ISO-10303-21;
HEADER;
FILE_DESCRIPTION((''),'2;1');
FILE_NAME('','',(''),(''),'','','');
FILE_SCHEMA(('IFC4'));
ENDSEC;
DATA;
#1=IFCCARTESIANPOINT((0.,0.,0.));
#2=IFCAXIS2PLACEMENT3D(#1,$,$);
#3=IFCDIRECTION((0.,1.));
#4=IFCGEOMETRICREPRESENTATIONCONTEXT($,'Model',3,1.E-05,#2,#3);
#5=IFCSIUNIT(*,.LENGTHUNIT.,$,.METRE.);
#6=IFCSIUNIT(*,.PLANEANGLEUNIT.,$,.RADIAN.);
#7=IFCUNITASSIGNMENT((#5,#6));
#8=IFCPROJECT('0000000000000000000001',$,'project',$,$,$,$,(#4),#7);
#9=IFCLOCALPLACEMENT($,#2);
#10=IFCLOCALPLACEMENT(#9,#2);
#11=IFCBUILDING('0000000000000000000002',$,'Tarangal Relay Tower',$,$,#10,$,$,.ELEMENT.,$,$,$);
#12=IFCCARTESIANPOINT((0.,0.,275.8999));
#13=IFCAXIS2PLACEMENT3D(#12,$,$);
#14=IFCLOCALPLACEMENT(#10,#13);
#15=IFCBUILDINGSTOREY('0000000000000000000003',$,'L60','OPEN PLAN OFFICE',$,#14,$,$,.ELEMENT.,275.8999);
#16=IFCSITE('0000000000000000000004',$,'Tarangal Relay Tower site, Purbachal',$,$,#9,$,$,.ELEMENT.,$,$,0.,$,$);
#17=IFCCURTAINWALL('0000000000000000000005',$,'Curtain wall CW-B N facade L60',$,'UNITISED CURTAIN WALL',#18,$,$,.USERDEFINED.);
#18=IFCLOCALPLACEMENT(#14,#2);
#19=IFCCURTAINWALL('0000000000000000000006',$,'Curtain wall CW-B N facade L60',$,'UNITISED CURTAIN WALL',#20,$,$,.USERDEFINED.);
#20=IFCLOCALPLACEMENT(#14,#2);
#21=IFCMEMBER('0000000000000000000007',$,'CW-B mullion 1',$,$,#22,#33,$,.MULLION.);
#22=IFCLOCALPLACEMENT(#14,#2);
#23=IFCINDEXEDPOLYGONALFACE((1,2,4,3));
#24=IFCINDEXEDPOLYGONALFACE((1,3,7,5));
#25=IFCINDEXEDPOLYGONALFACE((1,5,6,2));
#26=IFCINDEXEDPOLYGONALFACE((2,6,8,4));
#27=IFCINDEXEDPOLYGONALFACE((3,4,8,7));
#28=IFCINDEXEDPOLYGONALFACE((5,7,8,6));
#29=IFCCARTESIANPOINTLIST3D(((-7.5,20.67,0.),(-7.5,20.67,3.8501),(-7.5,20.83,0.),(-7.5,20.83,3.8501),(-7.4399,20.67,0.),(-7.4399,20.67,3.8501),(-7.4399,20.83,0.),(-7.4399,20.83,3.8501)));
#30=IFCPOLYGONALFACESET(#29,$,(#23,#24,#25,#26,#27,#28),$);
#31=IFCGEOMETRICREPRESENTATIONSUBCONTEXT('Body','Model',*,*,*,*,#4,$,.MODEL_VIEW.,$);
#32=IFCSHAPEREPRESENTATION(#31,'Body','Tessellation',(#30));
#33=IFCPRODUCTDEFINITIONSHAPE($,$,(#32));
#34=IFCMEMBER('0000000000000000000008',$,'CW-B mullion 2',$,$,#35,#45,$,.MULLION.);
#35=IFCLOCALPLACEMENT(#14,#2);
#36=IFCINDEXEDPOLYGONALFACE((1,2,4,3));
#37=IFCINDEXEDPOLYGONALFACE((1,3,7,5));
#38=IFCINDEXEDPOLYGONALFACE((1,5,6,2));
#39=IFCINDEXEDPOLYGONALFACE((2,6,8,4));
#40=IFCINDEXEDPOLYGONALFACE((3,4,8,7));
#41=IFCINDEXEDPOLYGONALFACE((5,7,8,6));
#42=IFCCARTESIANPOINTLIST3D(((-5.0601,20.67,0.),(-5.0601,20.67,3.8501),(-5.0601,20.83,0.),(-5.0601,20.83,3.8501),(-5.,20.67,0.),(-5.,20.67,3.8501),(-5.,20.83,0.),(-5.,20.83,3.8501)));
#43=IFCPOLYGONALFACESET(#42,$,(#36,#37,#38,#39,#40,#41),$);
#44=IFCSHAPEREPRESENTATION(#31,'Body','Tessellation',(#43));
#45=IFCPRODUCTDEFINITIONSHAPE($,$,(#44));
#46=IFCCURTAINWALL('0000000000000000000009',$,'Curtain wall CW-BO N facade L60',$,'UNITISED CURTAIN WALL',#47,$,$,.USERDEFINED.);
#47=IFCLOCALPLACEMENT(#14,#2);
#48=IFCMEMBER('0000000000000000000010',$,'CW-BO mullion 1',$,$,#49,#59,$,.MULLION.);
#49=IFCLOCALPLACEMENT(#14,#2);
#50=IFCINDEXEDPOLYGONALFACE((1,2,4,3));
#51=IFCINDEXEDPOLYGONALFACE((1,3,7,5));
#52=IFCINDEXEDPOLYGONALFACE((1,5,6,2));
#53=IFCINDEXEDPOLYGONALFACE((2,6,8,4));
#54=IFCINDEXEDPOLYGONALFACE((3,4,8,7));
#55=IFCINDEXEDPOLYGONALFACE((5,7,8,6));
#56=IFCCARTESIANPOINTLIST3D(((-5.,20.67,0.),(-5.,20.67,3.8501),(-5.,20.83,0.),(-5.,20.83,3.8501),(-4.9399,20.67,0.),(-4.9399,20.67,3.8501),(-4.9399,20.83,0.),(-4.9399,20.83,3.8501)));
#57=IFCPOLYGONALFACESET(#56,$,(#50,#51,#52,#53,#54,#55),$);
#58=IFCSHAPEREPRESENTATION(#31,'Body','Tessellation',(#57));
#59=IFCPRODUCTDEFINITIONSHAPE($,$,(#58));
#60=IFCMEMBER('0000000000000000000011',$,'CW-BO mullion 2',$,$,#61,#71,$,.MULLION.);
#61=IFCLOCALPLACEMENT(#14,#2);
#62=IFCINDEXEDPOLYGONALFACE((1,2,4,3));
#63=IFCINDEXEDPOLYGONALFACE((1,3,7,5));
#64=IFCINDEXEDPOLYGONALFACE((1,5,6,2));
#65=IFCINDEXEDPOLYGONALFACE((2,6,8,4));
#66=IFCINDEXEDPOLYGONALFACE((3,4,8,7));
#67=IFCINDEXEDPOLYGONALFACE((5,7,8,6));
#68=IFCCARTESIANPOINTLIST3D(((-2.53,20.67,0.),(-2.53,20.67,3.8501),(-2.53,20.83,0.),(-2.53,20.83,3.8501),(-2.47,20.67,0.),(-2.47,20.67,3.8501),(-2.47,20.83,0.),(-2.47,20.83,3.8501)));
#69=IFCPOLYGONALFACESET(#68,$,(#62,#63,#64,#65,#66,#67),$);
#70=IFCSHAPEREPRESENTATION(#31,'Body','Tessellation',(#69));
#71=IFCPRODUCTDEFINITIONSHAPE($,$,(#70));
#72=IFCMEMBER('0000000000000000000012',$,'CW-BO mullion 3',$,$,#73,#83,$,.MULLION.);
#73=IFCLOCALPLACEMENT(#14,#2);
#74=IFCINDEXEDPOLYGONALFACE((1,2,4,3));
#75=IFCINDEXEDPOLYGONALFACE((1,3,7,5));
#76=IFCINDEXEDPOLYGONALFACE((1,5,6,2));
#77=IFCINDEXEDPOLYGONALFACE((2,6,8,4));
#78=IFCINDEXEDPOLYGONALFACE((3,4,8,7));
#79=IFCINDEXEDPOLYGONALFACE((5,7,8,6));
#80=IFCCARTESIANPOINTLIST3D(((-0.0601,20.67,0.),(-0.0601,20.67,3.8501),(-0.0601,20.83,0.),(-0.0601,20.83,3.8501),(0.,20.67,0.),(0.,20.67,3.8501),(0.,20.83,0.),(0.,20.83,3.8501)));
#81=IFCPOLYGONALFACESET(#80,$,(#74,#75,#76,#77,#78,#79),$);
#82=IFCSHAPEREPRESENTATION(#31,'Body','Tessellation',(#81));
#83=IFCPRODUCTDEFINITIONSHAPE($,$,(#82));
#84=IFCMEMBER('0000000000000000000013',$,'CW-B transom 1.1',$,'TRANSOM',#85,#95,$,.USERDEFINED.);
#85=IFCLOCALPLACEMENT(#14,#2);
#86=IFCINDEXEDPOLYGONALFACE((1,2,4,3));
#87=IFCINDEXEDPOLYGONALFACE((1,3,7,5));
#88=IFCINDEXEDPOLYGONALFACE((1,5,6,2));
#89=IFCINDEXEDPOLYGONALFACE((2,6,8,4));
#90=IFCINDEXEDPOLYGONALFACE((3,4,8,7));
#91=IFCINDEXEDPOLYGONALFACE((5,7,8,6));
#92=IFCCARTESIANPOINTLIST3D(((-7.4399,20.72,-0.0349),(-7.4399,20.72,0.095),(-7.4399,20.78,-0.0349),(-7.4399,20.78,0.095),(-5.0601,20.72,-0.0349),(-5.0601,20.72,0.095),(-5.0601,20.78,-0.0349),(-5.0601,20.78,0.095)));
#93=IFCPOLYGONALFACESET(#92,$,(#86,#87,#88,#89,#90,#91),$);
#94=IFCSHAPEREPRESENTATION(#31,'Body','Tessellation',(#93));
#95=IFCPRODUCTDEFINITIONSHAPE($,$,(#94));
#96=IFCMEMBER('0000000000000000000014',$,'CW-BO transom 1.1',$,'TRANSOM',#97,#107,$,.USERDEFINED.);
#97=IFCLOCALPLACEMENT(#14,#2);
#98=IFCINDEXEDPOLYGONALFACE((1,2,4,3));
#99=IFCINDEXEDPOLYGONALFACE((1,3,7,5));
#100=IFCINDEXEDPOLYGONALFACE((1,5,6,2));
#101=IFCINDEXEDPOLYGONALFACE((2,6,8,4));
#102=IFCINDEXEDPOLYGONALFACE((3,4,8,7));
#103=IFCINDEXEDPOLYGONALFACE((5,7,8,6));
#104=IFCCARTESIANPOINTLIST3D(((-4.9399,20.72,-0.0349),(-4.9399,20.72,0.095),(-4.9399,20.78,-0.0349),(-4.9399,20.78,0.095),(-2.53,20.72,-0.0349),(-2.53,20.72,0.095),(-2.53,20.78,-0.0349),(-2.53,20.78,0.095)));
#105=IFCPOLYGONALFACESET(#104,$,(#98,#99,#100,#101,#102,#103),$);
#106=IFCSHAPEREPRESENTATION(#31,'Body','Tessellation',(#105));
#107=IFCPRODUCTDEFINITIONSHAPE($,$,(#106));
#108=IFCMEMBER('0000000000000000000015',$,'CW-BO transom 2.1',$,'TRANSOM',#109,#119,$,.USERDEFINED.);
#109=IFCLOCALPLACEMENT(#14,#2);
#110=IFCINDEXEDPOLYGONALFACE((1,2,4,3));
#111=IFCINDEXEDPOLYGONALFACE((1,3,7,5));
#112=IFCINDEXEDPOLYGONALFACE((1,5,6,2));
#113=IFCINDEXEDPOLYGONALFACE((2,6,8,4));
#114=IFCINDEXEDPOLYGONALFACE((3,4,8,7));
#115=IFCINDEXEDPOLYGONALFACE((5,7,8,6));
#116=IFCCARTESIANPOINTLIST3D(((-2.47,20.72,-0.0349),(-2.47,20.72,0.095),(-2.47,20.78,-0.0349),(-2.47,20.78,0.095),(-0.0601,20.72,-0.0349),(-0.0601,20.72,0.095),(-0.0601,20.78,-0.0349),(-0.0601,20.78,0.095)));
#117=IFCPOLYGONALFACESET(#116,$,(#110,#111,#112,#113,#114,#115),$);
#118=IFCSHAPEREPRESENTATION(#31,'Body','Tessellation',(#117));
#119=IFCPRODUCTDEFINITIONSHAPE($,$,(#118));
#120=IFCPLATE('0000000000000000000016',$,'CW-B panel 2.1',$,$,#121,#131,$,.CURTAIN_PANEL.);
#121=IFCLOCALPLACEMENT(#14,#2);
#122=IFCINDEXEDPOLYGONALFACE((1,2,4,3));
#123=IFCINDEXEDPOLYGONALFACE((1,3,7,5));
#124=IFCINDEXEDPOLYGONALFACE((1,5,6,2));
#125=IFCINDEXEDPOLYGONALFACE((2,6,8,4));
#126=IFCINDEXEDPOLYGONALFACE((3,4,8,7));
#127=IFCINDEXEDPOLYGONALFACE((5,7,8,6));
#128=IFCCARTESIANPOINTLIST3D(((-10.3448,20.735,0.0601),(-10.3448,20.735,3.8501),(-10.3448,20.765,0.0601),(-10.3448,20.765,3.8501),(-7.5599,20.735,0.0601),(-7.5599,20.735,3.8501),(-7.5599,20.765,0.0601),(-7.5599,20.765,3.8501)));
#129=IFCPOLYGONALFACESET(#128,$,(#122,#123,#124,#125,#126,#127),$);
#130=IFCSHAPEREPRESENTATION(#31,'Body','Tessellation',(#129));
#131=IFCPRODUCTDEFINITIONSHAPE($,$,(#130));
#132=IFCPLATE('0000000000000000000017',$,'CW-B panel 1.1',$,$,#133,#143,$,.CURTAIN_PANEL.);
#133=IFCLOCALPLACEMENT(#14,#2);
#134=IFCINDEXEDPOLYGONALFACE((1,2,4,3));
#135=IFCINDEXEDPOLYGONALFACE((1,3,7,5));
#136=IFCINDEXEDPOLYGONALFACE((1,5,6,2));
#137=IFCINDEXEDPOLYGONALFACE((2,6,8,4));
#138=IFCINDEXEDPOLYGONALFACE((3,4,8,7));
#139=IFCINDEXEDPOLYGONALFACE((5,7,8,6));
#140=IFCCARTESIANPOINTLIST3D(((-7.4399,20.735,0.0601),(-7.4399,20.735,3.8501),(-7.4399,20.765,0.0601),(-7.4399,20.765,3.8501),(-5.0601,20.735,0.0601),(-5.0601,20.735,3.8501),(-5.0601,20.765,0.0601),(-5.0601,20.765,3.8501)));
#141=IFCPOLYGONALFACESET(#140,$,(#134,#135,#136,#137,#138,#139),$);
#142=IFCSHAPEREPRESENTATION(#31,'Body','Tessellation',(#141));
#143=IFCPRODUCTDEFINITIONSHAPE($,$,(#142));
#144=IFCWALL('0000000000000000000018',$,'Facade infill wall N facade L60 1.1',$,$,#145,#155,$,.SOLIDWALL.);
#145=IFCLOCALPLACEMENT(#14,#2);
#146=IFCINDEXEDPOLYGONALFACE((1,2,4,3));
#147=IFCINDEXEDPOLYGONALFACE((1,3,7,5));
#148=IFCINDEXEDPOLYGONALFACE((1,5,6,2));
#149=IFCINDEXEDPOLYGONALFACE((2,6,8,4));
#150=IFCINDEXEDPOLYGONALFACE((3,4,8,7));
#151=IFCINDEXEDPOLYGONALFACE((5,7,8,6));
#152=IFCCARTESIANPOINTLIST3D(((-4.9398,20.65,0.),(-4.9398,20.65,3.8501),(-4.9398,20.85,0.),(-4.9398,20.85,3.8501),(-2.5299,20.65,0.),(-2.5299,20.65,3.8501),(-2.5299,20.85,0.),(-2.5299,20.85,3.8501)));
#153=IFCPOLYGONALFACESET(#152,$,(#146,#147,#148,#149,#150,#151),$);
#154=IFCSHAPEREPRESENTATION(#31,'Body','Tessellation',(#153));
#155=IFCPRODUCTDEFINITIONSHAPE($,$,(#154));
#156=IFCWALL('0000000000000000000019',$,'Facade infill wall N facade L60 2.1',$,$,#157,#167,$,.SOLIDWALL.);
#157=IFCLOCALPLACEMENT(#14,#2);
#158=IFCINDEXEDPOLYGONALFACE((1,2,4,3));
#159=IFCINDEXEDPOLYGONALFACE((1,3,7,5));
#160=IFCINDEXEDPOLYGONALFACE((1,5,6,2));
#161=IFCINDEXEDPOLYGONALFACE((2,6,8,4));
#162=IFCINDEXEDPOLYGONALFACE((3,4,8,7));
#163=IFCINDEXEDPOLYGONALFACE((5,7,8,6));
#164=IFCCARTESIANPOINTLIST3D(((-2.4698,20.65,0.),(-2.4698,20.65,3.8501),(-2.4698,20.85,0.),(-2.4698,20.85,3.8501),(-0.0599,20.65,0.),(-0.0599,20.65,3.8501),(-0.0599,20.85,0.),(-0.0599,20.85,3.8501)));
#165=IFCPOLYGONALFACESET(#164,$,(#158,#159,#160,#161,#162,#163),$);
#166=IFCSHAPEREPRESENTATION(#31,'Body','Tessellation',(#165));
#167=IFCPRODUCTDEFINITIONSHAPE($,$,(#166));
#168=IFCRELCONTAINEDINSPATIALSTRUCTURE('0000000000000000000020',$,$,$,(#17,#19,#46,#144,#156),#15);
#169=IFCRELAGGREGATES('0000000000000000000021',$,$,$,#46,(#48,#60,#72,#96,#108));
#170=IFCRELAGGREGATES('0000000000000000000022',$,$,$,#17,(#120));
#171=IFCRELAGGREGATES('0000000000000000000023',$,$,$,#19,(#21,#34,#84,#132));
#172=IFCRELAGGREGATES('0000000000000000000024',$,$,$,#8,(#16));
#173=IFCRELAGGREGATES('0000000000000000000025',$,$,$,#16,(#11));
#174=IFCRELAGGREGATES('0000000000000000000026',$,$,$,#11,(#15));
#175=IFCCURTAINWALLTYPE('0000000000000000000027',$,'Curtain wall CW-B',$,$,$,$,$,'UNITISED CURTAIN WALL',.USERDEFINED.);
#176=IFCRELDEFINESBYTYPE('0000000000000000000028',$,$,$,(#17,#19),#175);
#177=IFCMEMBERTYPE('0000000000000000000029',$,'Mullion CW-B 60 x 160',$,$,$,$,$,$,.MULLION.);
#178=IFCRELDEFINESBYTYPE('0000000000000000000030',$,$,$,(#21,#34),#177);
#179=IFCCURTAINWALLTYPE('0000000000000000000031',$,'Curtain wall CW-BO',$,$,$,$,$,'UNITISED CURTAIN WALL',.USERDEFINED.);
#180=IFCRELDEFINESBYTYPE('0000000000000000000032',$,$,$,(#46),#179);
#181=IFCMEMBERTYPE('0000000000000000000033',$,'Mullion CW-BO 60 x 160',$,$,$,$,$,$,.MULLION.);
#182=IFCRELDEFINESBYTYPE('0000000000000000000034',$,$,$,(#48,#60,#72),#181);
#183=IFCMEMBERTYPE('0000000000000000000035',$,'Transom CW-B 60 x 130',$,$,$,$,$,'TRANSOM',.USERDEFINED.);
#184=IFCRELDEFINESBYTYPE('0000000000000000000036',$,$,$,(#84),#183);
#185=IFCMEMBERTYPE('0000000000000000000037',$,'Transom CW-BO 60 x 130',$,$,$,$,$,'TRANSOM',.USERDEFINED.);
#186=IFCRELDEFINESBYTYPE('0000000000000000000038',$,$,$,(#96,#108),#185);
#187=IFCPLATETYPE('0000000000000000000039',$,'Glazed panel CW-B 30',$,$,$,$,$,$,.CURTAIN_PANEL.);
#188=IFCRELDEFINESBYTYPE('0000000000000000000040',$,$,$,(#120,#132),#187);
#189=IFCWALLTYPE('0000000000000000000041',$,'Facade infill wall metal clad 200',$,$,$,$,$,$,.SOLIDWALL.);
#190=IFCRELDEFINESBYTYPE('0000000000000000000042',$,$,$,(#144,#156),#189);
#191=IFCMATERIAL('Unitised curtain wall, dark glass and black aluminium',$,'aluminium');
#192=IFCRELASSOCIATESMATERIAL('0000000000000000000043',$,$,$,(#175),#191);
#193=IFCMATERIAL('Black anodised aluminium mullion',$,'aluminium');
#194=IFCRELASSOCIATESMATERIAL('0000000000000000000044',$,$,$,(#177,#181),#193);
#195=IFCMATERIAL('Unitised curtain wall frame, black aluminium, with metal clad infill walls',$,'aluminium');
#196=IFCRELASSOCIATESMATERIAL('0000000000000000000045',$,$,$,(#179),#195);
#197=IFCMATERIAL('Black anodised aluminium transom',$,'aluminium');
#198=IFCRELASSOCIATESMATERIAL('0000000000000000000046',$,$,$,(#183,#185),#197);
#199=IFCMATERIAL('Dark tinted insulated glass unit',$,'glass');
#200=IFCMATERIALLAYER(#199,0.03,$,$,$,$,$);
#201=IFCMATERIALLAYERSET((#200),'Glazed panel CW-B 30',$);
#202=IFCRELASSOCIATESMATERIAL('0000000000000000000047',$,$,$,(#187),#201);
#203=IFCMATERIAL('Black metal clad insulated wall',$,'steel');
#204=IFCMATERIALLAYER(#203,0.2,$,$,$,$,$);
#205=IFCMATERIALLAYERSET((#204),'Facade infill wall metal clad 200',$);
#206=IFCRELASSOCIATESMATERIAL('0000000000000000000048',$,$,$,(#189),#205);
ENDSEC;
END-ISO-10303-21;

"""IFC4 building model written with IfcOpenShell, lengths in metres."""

from ifc_helpers import new_model, si_unit, direction, frame, frame_2d, origin, origin_2d, place, context, subcontext, project, spatial, rectangle, extrude, material, layer, layer_set, material_profile, profile_set, type_object, element, aggregate, save


model = new_model("IFC4")

# Units and contexts
model_context = context("Model", 3, precision=1e-05, world=origin(), true_north=direction((0.0, 1.0)))
body_context = subcontext(model_context, "Body", "Model", "MODEL_VIEW")
ifc_project = project(units=[si_unit("LENGTHUNIT", "METRE"), si_unit("PLANEANGLEUNIT", "RADIAN")], contexts=[model_context])

# Site, building, storey
site_placement = place(None, origin())
site = spatial("IfcSite", under=ifc_project, at=site_placement, Name="Tarangal Relay Tower site, Purbachal", CompositionType="ELEMENT", RefElevation=0.0)
building_placement = place(site_placement, origin())
building = spatial("IfcBuilding", under=site, at=building_placement, Name="Tarangal Relay Tower", CompositionType="ELEMENT")
storey_placement = place(building_placement, frame((0.0, 0.0, 275.8999)))
storey = spatial("IfcBuildingStorey", under=building, at=storey_placement, Name="L60", Description="OPEN PLAN OFFICE", CompositionType="ELEMENT", Elevation=275.8999)

# Curtain wall
ifc_material_1 = material(Name="Unitised curtain wall, dark glass and black aluminium", Category="aluminium")
curtain_wall_type_1 = type_object("IfcCurtainWallType", Name="Curtain wall CW-B", ElementType="UNITISED CURTAIN WALL", PredefinedType="USERDEFINED", material=ifc_material_1)
curtain_wall_1_placement = place(storey_placement, origin())
curtain_wall_1 = element("IfcCurtainWall", 1, at=curtain_wall_1_placement, inside=storey, type_object=curtain_wall_type_1, Name="Curtain wall CW-B N facade L60", ObjectType="UNITISED CURTAIN WALL", PredefinedType="USERDEFINED")
ifc_material_2 = material(Name="Black anodised aluminium mullion", Category="aluminium")
ifc_material_profile_1 = material_profile(ifc_material_2, rectangle(XDim=0.1599, YDim=0.0601, at=origin_2d()), Name="CW-BM 60X160")
ifc_profile_set_1 = profile_set([ifc_material_profile_1], Name="Black anodised aluminium mullion")
member_type_1 = type_object("IfcMemberType", Name="Mullion CW-B 60 x 160", PredefinedType="MULLION", material=ifc_profile_set_1)

# Curtain walls, members
curtain_wall_2_placement = place(storey_placement, origin())
curtain_wall_2 = element("IfcCurtainWall", 2, at=curtain_wall_2_placement, inside=storey, type_object=curtain_wall_type_1, Name="Curtain wall CW-B N facade L60", ObjectType="UNITISED CURTAIN WALL", PredefinedType="USERDEFINED")
member_1_placement = place(storey_placement, frame((-7.47, 20.75, 0.0), z_axis=(0.0, 0.0, 1.0), x_axis=(0.0, 1.0, 0.0)))
member_1 = element("IfcMember", 3, at=member_1_placement, type_object=member_type_1, Name="CW-B mullion 1", PredefinedType="MULLION", context=body_context, shape_type="SweptSolid", body=[
    extrude(rectangle(XDim=0.1599, YDim=0.0601, at=origin_2d()), origin(), (0.0, 0.0, 1.0), 3.8501),
])
member_2_placement = place(storey_placement, frame((-5.03, 20.75, 0.0), z_axis=(0.0, 0.0, 1.0), x_axis=(0.0, 1.0, 0.0)))
member_2 = element("IfcMember", 4, at=member_2_placement, type_object=member_type_1, Name="CW-B mullion 2", PredefinedType="MULLION", context=body_context, shape_type="SweptSolid", body=[
    extrude(rectangle(XDim=0.1599, YDim=0.0601, at=origin_2d()), origin(), (0.0, 0.0, 1.0), 3.8501),
])
ifc_material_3 = material(Name="Unitised curtain wall frame, black aluminium, with metal clad infill walls", Category="aluminium")
curtain_wall_type_2 = type_object("IfcCurtainWallType", Name="Curtain wall CW-BO", ElementType="UNITISED CURTAIN WALL", PredefinedType="USERDEFINED", material=ifc_material_3)
curtain_wall_3_placement = place(storey_placement, origin())
curtain_wall_3 = element("IfcCurtainWall", 5, at=curtain_wall_3_placement, inside=storey, type_object=curtain_wall_type_2, Name="Curtain wall CW-BO N facade L60", ObjectType="UNITISED CURTAIN WALL", PredefinedType="USERDEFINED")
ifc_material_profile_2 = material_profile(ifc_material_2, rectangle(XDim=0.1599, YDim=0.0601, at=origin_2d()), Name="CW-BOM 60X160")
ifc_profile_set_2 = profile_set([ifc_material_profile_2], Name="Black anodised aluminium mullion")
member_type_2 = type_object("IfcMemberType", Name="Mullion CW-BO 60 x 160", PredefinedType="MULLION", material=ifc_profile_set_2)
member_3_placement = place(storey_placement, frame((-4.97, 20.75, 0.0), z_axis=(0.0, 0.0, 1.0), x_axis=(0.0, 1.0, 0.0)))
member_3 = element("IfcMember", 6, at=member_3_placement, type_object=member_type_2, Name="CW-BO mullion 1", PredefinedType="MULLION", context=body_context, shape_type="SweptSolid", body=[
    extrude(rectangle(XDim=0.1599, YDim=0.0601, at=origin_2d()), origin(), (0.0, 0.0, 1.0), 3.8501),
])
member_4_placement = place(storey_placement, frame((-2.5, 20.75, 0.0), z_axis=(0.0, 0.0, 1.0), x_axis=(0.0, 1.0, 0.0)))
member_4 = element("IfcMember", 7, at=member_4_placement, type_object=member_type_2, Name="CW-BO mullion 2", PredefinedType="MULLION", context=body_context, shape_type="SweptSolid", body=[
    extrude(rectangle(XDim=0.1599, YDim=0.0601, at=origin_2d()), origin(), (0.0, 0.0, 1.0), 3.8501),
])
member_5_placement = place(storey_placement, frame((-0.03, 20.75, 0.0), z_axis=(0.0, 0.0, 1.0), x_axis=(0.0, 1.0, 0.0)))
member_5 = element("IfcMember", 8, at=member_5_placement, type_object=member_type_2, Name="CW-BO mullion 3", PredefinedType="MULLION", context=body_context, shape_type="SweptSolid", body=[
    extrude(rectangle(XDim=0.1599, YDim=0.0601, at=origin_2d()), origin(), (0.0, 0.0, 1.0), 3.8501),
])

# Members
ifc_material_4 = material(Name="Black anodised aluminium transom", Category="aluminium")
ifc_material_profile_3 = material_profile(ifc_material_4, rectangle(XDim=0.0601, YDim=0.1299, at=origin_2d()), Name="CW-BT 60X130")
ifc_profile_set_3 = profile_set([ifc_material_profile_3], Name="Black anodised aluminium transom")
member_type_3 = type_object("IfcMemberType", Name="Transom CW-B 60 x 130", ElementType="TRANSOM", PredefinedType="USERDEFINED", material=ifc_profile_set_3)
member_6_placement = place(storey_placement, frame((-7.4399, 20.75, 0.03), z_axis=(1.0, 0.0, 0.0), x_axis=(0.0, 1.0, 0.0)))
member_6 = element("IfcMember", 9, at=member_6_placement, type_object=member_type_3, Name="CW-B transom 1.1", ObjectType="TRANSOM", PredefinedType="USERDEFINED", context=body_context, shape_type="SweptSolid", body=[
    extrude(rectangle(XDim=0.0601, YDim=0.1299, at=origin_2d()), origin(), (0.0, 0.0, 1.0), 2.3799),
])
ifc_material_profile_4 = material_profile(ifc_material_4, rectangle(XDim=0.0601, YDim=0.1299, at=origin_2d()), Name="CW-BOT 60X130")
ifc_profile_set_4 = profile_set([ifc_material_profile_4], Name="Black anodised aluminium transom")
member_type_4 = type_object("IfcMemberType", Name="Transom CW-BO 60 x 130", ElementType="TRANSOM", PredefinedType="USERDEFINED", material=ifc_profile_set_4)
member_7_placement = place(storey_placement, frame((-4.9399, 20.75, 0.03), z_axis=(1.0, 0.0, 0.0), x_axis=(0.0, 1.0, 0.0)))
member_7 = element("IfcMember", 10, at=member_7_placement, type_object=member_type_4, Name="CW-BO transom 1.1", ObjectType="TRANSOM", PredefinedType="USERDEFINED", context=body_context, shape_type="SweptSolid", body=[
    extrude(rectangle(XDim=0.0601, YDim=0.1299, at=origin_2d()), origin(), (0.0, 0.0, 1.0), 2.4099),
])
member_8_placement = place(storey_placement, frame((-2.47, 20.75, 0.03), z_axis=(1.0, 0.0, 0.0), x_axis=(0.0, 1.0, 0.0)))
member_8 = element("IfcMember", 11, at=member_8_placement, type_object=member_type_4, Name="CW-BO transom 2.1", ObjectType="TRANSOM", PredefinedType="USERDEFINED", context=body_context, shape_type="SweptSolid", body=[
    extrude(rectangle(XDim=0.0601, YDim=0.1299, at=origin_2d()), origin(), (0.0, 0.0, 1.0), 2.4099),
])
aggregate(curtain_wall_3, [member_3, member_4, member_5, member_7, member_8])

# Plates
ifc_material_5 = material(Name="Dark tinted insulated glass unit", Category="glass")
ifc_layer_1 = layer(ifc_material_5, 0.03)
ifc_layer_set_1 = layer_set([ifc_layer_1], Name="Glazed panel CW-B 30")
plate_type = type_object("IfcPlateType", Name="Glazed panel CW-B 30", PredefinedType="CURTAIN_PANEL", material=ifc_layer_set_1)
plate_1_placement = place(storey_placement, frame((-8.9524, 20.75, 0.0601), z_axis=(0.0, 0.0, 1.0), x_axis=(1.0, 0.0, 0.0)))
plate_1 = element("IfcPlate", 12, at=plate_1_placement, type_object=plate_type, Name="CW-B panel 2.1", PredefinedType="CURTAIN_PANEL", context=body_context, shape_type="SweptSolid", body=[
    extrude(rectangle(XDim=2.7849, YDim=0.03, at=origin_2d()), origin(), (0.0, 0.0, 1.0), 3.79),
])
aggregate(curtain_wall_1, [plate_1])
plate_2_placement = place(storey_placement, frame((-6.25, 20.75, 0.0601), z_axis=(0.0, 0.0, 1.0), x_axis=(1.0, 0.0, 0.0)))
plate_2 = element("IfcPlate", 13, at=plate_2_placement, type_object=plate_type, Name="CW-B panel 1.1", PredefinedType="CURTAIN_PANEL", context=body_context, shape_type="SweptSolid", body=[
    extrude(rectangle(XDim=2.3799, YDim=0.03, at=origin_2d()), origin(), (0.0, 0.0, 1.0), 3.79),
])
aggregate(curtain_wall_2, [member_1, member_2, member_6, plate_2])

# Walls
ifc_material_6 = material(Name="Black metal clad insulated wall", Category="steel")
ifc_layer_2 = layer(ifc_material_6, 0.2)
ifc_layer_set_2 = layer_set([ifc_layer_2], Name="Facade infill wall metal clad 200")
wall_type_1 = type_object("IfcWallType", Name="Facade infill wall metal clad 200", PredefinedType="SOLIDWALL", material=ifc_layer_set_2)
for number, where, z_axis, x_axis, name in (
    (14, (-4.9399, 20.75, 0.0), (0.0, 0.0, 1.0), (1.0, 0.0, 0.0), "Facade infill wall N facade L60 1.1"),
    (15, (-2.47, 20.75, 0.0), (0.0, 0.0, 1.0), (1.0, 0.0, 0.0), "Facade infill wall N facade L60 2.1"),
):
    element("IfcWall", number, at=place(storey_placement, frame(where, z_axis=z_axis, x_axis=x_axis)), inside=storey, type_object=wall_type_1, Name=name, PredefinedType="SOLIDWALL", context=body_context, shape_type="SweptSolid", body=[
        extrude(rectangle(XDim=2.4099, YDim=0.2, at=frame_2d((1.2051, 0.0))), origin(), (0.0, 0.0, 1.0), 3.8501),
    ])

save(model, "model.ifc")
